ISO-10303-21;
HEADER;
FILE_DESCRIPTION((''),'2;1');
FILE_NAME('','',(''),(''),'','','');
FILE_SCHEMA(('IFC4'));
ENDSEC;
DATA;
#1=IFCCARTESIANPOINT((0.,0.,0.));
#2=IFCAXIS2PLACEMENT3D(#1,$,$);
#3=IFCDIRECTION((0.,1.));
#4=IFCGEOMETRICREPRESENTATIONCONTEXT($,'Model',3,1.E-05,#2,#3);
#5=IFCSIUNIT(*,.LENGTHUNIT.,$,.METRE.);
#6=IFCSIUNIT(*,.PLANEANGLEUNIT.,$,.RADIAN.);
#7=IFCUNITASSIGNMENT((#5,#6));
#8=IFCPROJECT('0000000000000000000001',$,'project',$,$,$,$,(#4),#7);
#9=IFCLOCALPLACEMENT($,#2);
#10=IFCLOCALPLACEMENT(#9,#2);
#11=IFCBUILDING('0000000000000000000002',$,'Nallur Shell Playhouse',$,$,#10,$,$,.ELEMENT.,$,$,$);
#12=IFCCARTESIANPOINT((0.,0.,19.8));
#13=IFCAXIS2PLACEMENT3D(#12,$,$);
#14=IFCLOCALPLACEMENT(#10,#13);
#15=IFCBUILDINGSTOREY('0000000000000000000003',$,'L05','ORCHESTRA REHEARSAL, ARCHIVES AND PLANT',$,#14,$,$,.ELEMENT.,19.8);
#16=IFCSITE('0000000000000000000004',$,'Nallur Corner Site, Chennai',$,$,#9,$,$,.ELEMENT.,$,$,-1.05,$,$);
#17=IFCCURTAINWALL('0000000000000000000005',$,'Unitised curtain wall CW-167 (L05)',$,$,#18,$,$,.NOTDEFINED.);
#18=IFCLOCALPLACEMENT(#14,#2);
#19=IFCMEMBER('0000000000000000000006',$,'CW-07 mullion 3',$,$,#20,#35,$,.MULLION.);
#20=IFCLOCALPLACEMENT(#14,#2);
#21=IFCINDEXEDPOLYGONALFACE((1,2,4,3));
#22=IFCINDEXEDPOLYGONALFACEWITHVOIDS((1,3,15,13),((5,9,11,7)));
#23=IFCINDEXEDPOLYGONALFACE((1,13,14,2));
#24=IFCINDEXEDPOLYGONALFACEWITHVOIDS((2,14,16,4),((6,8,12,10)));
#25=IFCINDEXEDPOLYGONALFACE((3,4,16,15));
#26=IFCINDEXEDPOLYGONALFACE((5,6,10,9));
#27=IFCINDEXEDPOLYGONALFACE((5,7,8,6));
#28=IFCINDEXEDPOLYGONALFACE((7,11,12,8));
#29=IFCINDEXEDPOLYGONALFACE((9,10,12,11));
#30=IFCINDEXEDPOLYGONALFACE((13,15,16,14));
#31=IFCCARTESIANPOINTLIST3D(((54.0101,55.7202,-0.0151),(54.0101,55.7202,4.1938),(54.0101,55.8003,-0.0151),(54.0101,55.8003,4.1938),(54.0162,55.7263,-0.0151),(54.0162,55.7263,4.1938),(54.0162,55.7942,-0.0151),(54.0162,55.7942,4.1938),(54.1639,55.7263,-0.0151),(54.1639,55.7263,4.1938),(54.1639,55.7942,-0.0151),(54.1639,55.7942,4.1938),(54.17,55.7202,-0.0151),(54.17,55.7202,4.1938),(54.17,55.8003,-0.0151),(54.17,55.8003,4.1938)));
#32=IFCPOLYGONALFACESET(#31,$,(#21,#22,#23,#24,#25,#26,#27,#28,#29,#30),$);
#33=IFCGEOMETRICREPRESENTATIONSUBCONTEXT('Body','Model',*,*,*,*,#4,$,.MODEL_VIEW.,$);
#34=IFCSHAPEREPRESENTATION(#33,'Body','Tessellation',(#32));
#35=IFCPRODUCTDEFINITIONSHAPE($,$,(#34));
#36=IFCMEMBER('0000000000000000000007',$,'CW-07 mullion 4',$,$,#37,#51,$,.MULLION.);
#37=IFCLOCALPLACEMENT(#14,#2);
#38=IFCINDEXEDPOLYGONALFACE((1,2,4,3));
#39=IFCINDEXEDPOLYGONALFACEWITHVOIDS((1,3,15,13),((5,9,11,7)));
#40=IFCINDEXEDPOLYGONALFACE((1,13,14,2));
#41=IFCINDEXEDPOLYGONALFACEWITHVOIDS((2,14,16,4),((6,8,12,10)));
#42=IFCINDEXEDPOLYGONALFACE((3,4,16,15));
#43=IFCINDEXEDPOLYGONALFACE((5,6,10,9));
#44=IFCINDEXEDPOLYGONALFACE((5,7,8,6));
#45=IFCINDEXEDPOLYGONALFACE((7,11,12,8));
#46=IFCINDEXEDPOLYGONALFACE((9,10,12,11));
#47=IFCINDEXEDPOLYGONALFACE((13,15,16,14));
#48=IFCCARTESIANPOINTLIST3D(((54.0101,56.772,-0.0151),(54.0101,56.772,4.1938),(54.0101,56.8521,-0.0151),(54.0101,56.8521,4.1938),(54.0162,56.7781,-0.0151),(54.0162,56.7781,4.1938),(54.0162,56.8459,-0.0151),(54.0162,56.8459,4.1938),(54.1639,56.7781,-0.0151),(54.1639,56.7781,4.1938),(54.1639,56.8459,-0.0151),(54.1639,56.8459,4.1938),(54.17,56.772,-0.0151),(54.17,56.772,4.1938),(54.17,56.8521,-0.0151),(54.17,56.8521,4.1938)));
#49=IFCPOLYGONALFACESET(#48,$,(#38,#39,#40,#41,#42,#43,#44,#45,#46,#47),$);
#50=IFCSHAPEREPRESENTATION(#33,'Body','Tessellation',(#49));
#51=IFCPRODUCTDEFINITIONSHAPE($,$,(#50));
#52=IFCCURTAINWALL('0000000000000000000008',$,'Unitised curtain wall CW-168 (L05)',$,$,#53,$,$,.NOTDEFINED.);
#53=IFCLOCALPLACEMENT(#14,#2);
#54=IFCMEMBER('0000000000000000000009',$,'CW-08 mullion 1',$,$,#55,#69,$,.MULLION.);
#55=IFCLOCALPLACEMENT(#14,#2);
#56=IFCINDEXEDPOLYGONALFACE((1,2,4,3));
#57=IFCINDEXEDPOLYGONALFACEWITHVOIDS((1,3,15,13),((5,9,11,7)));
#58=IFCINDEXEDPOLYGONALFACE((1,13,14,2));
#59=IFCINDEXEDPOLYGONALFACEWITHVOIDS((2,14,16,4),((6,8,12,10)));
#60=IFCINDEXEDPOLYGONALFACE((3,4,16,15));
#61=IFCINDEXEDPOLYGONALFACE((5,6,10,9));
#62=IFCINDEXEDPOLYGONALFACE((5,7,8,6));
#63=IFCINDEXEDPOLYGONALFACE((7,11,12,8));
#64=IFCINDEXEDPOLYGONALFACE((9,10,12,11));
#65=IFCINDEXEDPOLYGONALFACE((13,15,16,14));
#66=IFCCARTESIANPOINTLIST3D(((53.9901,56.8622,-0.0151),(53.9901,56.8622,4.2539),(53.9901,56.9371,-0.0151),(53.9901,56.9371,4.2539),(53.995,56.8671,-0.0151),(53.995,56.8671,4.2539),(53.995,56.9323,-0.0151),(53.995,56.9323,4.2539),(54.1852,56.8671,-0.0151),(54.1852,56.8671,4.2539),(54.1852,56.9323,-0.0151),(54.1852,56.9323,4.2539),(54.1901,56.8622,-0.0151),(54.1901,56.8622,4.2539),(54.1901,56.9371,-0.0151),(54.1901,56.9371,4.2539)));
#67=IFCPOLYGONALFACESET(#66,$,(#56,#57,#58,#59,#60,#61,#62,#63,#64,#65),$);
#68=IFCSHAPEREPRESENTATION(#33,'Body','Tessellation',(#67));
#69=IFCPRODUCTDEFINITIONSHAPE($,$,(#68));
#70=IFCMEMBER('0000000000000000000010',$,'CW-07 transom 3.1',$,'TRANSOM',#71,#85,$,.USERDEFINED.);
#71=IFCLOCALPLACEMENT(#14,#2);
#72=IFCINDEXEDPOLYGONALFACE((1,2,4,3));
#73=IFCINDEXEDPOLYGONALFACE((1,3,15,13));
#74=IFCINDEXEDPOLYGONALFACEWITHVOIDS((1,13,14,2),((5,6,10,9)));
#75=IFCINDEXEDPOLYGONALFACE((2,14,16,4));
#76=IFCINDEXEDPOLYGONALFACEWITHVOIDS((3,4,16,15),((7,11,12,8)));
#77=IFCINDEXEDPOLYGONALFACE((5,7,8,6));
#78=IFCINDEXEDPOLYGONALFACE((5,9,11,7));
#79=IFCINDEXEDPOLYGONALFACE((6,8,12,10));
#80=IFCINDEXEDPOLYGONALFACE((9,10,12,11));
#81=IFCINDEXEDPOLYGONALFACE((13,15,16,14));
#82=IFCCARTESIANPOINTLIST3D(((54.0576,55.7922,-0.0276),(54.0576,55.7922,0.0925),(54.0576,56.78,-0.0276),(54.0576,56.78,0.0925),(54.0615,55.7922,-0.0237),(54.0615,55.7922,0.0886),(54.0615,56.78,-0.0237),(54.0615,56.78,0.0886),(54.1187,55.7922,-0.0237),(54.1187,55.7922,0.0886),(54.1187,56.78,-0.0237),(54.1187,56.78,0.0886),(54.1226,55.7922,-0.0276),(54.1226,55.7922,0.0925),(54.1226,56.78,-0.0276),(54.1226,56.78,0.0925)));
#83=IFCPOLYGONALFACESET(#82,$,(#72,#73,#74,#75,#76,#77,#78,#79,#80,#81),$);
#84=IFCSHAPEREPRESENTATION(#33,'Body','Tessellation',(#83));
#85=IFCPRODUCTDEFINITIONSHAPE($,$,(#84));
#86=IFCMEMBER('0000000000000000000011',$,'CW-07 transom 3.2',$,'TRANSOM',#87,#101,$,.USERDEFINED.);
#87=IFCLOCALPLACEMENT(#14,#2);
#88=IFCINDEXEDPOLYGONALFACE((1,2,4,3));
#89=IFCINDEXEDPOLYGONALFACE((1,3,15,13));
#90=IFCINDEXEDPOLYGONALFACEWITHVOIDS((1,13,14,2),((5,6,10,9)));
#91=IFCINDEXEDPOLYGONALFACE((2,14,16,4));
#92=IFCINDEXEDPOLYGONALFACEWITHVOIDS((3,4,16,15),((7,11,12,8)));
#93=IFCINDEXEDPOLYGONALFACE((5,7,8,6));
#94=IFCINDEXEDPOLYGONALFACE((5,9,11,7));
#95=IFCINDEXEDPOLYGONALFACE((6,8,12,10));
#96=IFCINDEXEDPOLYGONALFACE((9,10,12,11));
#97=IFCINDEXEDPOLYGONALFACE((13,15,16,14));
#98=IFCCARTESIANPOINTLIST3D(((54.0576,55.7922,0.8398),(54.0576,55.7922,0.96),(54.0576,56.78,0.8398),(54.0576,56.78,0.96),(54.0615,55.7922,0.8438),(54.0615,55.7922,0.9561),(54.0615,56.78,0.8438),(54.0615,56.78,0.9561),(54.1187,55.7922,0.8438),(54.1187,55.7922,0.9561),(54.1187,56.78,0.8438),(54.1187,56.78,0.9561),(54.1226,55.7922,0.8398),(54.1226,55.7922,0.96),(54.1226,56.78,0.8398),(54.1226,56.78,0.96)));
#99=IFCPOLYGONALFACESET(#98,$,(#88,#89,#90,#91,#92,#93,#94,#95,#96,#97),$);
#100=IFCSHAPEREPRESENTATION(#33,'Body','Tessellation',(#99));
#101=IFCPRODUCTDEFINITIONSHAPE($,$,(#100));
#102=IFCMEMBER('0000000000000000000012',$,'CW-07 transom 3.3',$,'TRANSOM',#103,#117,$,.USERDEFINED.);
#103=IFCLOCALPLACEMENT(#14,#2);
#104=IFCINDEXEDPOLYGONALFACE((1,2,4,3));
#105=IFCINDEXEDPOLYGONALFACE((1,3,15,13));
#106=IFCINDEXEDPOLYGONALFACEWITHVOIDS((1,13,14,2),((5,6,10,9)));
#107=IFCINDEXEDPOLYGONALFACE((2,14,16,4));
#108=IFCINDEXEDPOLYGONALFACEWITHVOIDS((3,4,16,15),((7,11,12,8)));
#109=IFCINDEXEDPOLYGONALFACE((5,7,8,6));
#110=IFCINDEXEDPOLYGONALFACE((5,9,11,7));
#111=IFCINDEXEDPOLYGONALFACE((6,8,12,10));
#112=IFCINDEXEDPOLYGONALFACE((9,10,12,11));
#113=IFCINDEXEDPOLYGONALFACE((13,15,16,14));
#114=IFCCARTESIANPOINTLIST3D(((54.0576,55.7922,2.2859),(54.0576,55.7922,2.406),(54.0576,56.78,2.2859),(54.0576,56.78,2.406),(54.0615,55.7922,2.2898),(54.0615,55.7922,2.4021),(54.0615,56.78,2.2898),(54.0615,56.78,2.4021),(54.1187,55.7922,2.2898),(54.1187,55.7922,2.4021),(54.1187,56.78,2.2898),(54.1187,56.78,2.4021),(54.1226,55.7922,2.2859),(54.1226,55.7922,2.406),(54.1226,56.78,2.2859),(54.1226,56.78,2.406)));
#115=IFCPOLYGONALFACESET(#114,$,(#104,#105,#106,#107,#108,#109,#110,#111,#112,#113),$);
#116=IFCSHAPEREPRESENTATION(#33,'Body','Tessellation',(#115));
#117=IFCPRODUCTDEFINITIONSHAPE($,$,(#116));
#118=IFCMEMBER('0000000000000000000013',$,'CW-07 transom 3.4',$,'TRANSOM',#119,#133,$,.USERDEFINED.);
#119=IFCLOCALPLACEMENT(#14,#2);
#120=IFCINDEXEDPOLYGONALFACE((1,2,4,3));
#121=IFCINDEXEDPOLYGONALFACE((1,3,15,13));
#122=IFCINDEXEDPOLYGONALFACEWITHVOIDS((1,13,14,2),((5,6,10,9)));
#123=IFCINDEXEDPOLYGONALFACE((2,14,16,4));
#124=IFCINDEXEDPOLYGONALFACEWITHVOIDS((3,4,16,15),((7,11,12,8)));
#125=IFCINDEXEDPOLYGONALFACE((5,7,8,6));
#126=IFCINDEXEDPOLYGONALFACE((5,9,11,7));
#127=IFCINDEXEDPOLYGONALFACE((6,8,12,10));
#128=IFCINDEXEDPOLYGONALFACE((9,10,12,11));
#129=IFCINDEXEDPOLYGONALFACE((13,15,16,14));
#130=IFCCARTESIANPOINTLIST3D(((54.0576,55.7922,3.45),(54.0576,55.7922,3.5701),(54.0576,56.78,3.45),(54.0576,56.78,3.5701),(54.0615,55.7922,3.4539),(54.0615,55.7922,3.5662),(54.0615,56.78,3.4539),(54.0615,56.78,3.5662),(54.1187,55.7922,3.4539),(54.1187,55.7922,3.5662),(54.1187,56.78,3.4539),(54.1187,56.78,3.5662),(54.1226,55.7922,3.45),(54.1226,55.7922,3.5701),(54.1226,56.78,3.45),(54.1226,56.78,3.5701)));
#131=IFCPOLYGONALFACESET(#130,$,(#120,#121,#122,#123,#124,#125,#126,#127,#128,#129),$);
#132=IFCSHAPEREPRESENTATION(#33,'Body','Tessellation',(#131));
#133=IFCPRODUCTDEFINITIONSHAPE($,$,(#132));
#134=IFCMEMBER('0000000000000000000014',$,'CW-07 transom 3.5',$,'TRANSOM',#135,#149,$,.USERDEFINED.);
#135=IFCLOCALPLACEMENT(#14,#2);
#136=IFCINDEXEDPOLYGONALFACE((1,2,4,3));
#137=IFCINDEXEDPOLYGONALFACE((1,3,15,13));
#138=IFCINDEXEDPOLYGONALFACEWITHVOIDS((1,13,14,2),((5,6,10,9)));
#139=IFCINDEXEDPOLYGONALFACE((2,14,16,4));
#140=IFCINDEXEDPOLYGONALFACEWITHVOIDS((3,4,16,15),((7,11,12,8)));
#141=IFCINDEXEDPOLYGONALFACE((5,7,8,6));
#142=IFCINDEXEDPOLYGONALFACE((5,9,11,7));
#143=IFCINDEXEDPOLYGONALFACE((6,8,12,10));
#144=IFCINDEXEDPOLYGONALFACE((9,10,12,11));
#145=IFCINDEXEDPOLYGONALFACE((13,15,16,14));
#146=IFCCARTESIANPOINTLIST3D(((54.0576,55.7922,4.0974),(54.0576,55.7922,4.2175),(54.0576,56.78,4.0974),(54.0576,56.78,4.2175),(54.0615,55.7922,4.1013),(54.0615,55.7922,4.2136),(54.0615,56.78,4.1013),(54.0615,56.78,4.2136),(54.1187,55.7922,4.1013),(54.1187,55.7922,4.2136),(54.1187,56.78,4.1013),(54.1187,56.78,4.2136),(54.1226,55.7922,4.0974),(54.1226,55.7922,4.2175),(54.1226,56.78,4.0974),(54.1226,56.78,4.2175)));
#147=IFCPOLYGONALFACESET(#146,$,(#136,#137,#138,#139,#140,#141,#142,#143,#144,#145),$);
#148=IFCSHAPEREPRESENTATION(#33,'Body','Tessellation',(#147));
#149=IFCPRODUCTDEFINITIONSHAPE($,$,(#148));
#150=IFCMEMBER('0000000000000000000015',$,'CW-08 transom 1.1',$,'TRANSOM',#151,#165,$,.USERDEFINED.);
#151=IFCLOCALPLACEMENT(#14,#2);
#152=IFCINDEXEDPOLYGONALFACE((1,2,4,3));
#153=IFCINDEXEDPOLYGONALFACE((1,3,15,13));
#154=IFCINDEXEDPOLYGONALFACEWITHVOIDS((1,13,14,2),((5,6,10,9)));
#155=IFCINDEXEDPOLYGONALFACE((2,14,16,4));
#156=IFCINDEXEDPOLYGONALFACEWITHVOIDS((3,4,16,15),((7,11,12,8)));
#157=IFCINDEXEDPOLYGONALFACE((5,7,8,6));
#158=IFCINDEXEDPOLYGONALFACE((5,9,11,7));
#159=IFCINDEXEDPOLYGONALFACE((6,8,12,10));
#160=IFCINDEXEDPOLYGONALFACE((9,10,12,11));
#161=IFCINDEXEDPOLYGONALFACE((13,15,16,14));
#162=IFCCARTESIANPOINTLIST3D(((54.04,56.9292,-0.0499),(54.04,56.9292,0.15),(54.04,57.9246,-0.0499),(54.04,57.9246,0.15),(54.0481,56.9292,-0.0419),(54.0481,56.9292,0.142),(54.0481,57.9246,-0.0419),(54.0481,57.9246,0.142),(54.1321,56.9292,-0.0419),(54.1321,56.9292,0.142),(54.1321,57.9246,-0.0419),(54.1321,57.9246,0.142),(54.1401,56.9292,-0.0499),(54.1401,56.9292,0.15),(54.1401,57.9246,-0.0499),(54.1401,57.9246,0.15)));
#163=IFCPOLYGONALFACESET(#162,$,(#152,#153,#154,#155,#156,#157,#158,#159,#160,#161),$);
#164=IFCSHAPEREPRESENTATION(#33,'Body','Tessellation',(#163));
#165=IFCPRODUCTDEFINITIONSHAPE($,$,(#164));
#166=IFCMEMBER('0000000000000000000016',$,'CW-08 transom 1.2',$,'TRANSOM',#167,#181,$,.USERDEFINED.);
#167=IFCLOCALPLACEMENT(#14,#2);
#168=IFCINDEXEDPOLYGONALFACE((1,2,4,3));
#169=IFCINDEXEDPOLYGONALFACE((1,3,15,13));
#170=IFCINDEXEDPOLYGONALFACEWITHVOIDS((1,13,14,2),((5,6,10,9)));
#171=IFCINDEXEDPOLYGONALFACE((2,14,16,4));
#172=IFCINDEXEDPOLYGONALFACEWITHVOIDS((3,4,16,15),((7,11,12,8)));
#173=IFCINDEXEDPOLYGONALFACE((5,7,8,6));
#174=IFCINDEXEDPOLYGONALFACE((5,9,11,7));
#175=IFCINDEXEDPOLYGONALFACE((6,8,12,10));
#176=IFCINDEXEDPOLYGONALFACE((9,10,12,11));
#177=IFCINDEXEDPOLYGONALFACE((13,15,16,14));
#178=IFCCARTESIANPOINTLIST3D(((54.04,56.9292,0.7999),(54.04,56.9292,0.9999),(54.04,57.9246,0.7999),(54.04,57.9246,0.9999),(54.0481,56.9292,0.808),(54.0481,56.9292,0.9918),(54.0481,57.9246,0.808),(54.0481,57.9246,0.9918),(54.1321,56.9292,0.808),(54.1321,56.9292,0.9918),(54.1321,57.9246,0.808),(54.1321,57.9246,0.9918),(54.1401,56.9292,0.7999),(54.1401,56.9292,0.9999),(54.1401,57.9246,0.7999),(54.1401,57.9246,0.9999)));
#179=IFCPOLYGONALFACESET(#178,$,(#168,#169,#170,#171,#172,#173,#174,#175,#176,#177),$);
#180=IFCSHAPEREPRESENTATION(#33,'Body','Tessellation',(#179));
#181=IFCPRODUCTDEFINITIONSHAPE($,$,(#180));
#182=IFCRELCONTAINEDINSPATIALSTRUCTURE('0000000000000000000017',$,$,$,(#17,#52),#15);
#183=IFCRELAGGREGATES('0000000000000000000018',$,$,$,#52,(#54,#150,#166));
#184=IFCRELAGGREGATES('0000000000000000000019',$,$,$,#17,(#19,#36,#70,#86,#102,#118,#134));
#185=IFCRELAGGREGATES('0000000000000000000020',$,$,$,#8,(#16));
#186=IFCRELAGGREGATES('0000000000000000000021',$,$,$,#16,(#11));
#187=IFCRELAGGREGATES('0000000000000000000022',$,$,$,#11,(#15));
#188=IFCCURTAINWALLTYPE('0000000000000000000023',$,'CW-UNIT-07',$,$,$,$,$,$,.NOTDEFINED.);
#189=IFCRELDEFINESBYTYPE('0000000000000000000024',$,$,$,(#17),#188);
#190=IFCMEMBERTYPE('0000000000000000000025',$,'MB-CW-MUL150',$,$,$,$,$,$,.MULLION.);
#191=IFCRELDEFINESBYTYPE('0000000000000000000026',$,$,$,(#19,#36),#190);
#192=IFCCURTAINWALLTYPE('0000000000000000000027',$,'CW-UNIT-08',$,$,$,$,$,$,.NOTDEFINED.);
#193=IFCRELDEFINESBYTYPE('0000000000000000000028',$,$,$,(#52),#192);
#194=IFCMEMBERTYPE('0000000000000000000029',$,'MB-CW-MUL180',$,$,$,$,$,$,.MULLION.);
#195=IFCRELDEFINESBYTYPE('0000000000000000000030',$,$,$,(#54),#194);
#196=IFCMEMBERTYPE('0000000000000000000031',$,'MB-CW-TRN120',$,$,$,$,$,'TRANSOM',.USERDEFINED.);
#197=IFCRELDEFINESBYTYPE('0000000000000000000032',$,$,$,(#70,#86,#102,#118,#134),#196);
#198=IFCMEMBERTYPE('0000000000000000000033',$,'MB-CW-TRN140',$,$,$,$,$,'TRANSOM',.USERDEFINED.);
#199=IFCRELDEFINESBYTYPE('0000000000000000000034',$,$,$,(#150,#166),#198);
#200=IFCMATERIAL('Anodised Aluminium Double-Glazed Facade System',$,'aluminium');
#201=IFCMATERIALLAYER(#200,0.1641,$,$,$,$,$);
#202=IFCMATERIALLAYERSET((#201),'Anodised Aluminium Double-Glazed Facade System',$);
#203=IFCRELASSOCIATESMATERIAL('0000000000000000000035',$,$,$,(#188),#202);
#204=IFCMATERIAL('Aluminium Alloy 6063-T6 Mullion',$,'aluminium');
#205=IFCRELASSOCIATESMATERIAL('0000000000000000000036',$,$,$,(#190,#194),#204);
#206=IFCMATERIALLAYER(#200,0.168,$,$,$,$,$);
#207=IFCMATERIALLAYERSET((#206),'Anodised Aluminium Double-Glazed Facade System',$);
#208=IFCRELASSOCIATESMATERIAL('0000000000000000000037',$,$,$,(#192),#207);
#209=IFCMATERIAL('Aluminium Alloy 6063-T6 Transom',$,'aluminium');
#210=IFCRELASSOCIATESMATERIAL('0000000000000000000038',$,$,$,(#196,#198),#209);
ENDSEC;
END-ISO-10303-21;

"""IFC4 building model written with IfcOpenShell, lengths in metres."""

from ifc_helpers import new_model, si_unit, direction, frame, origin, origin_2d, place, context, subcontext, project, spatial, hollow_rectangle, extrude, material, layer, layer_set, material_profile, profile_set, type_object, element, aggregate, save


model = new_model("IFC4")

# Units and contexts
model_context = context("Model", 3, precision=1e-05, world=origin(), true_north=direction((0.0, 1.0)))
body_context = subcontext(model_context, "Body", "Model", "MODEL_VIEW")
ifc_project = project(units=[si_unit("LENGTHUNIT", "METRE"), si_unit("PLANEANGLEUNIT", "RADIAN")], contexts=[model_context])

# Site, building, storey
site_placement = place(None, origin())
site = spatial("IfcSite", under=ifc_project, at=site_placement, Name="Nallur Corner Site, Chennai", CompositionType="ELEMENT", RefElevation=-1.05)
building_placement = place(site_placement, origin())
building = spatial("IfcBuilding", under=site, at=building_placement, Name="Nallur Shell Playhouse", CompositionType="ELEMENT")
storey_placement = place(building_placement, frame((0.0, 0.0, 19.8)))
storey = spatial("IfcBuildingStorey", under=building, at=storey_placement, Name="L05", Description="ORCHESTRA REHEARSAL, ARCHIVES AND PLANT", CompositionType="ELEMENT", Elevation=19.8)

# Curtain wall, members
ifc_material_1 = material(Name="Anodised Aluminium Double-Glazed Facade System", Category="aluminium")
ifc_layer_1 = layer(ifc_material_1, 0.1641)
ifc_layer_set_1 = layer_set([ifc_layer_1], Name="Anodised Aluminium Double-Glazed Facade System")
curtain_wall_type_1 = type_object("IfcCurtainWallType", Name="CW-UNIT-07", PredefinedType="NOTDEFINED", material=ifc_layer_set_1)
curtain_wall_1_placement = place(storey_placement, origin())
curtain_wall_1 = element("IfcCurtainWall", 1, at=curtain_wall_1_placement, inside=storey, type_object=curtain_wall_type_1, Name="Unitised curtain wall CW-167 (L05)", PredefinedType="NOTDEFINED")
ifc_material_2 = material(Name="Aluminium Alloy 6063-T6 Mullion", Category="aluminium")
ifc_material_profile_1 = material_profile(ifc_material_2, hollow_rectangle(XDim=0.0801, YDim=0.1599, WallThickness=0.0061, at=origin_2d()), Name="RHS 160x80x6")
ifc_profile_set_1 = profile_set([ifc_material_profile_1], Name="Aluminium Alloy 6063-T6 Mullion")
member_type_1 = type_object("IfcMemberType", Name="MB-CW-MUL150", PredefinedType="MULLION", material=ifc_profile_set_1)
member_1_placement = place(storey_placement, frame((54.0901, 55.7603, -0.0151), z_axis=(0.0, 0.0, 1.0), x_axis=(0.0, 1.0, 0.0)))
member_1 = element("IfcMember", 2, at=member_1_placement, type_object=member_type_1, Name="CW-07 mullion 3", PredefinedType="MULLION", context=body_context, shape_type="SweptSolid", body=[
    extrude(hollow_rectangle(XDim=0.0801, YDim=0.1599, WallThickness=0.0061, at=origin_2d()), origin(), (0.0, 0.0, 1.0), 4.209),
])
member_2_placement = place(storey_placement, frame((54.0901, 56.812, -0.0151), z_axis=(0.0, 0.0, 1.0), x_axis=(0.0, 1.0, 0.0)))
member_2 = element("IfcMember", 3, at=member_2_placement, type_object=member_type_1, Name="CW-07 mullion 4", PredefinedType="MULLION", context=body_context, shape_type="SweptSolid", body=[
    extrude(hollow_rectangle(XDim=0.0801, YDim=0.1599, WallThickness=0.0061, at=origin_2d()), origin(), (0.0, 0.0, 1.0), 4.209),
])

# Curtain wall, member
ifc_layer_2 = layer(ifc_material_1, 0.168)
ifc_layer_set_2 = layer_set([ifc_layer_2], Name="Anodised Aluminium Double-Glazed Facade System")
curtain_wall_type_2 = type_object("IfcCurtainWallType", Name="CW-UNIT-08", PredefinedType="NOTDEFINED", material=ifc_layer_set_2)
curtain_wall_2_placement = place(storey_placement, origin())
curtain_wall_2 = element("IfcCurtainWall", 4, at=curtain_wall_2_placement, inside=storey, type_object=curtain_wall_type_2, Name="Unitised curtain wall CW-168 (L05)", PredefinedType="NOTDEFINED")
ifc_material_profile_2 = material_profile(ifc_material_2, hollow_rectangle(XDim=0.075, YDim=0.2, WallThickness=0.0049, at=origin_2d()), Name="ALU 75x200x5")
ifc_profile_set_2 = profile_set([ifc_material_profile_2], Name="Aluminium Alloy 6063-T6 Mullion")
member_type_2 = type_object("IfcMemberType", Name="MB-CW-MUL180", PredefinedType="MULLION", material=ifc_profile_set_2)
member_3_placement = place(storey_placement, frame((54.0901, 56.8997, -0.0151), z_axis=(0.0, 0.0, 1.0), x_axis=(0.0, 1.0, 0.0)))
member_3 = element("IfcMember", 5, at=member_3_placement, type_object=member_type_2, Name="CW-08 mullion 1", PredefinedType="MULLION", context=body_context, shape_type="SweptSolid", body=[
    extrude(hollow_rectangle(XDim=0.075, YDim=0.2, WallThickness=0.0049, at=origin_2d()), origin(), (0.0, 0.0, 1.0), 4.269),
])

# Members
ifc_material_3 = material(Name="Aluminium Alloy 6063-T6 Transom", Category="aluminium")
ifc_material_profile_3 = material_profile(ifc_material_3, hollow_rectangle(XDim=0.0649, YDim=0.1201, WallThickness=0.0039, at=origin_2d()), Name="ALU 65x120x4")
ifc_profile_set_3 = profile_set([ifc_material_profile_3], Name="Aluminium Alloy 6063-T6 Transom")
member_type_3 = type_object("IfcMemberType", Name="MB-CW-TRN120", ElementType="TRANSOM", PredefinedType="USERDEFINED", material=ifc_profile_set_3)
member_4_placement = place(storey_placement, frame((54.0901, 55.7922, 0.0325), z_axis=(0.0, 1.0, 0.0), x_axis=(-1.0, 0.0, 0.0)))
member_4 = element("IfcMember", 6, at=member_4_placement, type_object=member_type_3, Name="CW-07 transom 3.1", ObjectType="TRANSOM", PredefinedType="USERDEFINED", context=body_context, shape_type="SweptSolid", body=[
    extrude(hollow_rectangle(XDim=0.0649, YDim=0.1201, WallThickness=0.0039, at=origin_2d()), origin(), (0.0, 0.0, 1.0), 0.9878),
])
member_5_placement = place(storey_placement, frame((54.0901, 55.7922, 0.8999), z_axis=(0.0, 1.0, 0.0), x_axis=(-1.0, 0.0, 0.0)))
member_5 = element("IfcMember", 7, at=member_5_placement, type_object=member_type_3, Name="CW-07 transom 3.2", ObjectType="TRANSOM", PredefinedType="USERDEFINED", context=body_context, shape_type="SweptSolid", body=[
    extrude(hollow_rectangle(XDim=0.0649, YDim=0.1201, WallThickness=0.0039, at=origin_2d()), origin(), (0.0, 0.0, 1.0), 0.9878),
])
member_6_placement = place(storey_placement, frame((54.0901, 55.7922, 2.3459), z_axis=(0.0, 1.0, 0.0), x_axis=(-1.0, 0.0, 0.0)))
member_6 = element("IfcMember", 8, at=member_6_placement, type_object=member_type_3, Name="CW-07 transom 3.3", ObjectType="TRANSOM", PredefinedType="USERDEFINED", context=body_context, shape_type="SweptSolid", body=[
    extrude(hollow_rectangle(XDim=0.0649, YDim=0.1201, WallThickness=0.0039, at=origin_2d()), origin(), (0.0, 0.0, 1.0), 0.9878),
])
member_7_placement = place(storey_placement, frame((54.0901, 55.7922, 3.51), z_axis=(0.0, 1.0, 0.0), x_axis=(-1.0, 0.0, 0.0)))
member_7 = element("IfcMember", 9, at=member_7_placement, type_object=member_type_3, Name="CW-07 transom 3.4", ObjectType="TRANSOM", PredefinedType="USERDEFINED", context=body_context, shape_type="SweptSolid", body=[
    extrude(hollow_rectangle(XDim=0.0649, YDim=0.1201, WallThickness=0.0039, at=origin_2d()), origin(), (0.0, 0.0, 1.0), 0.9878),
])
member_8_placement = place(storey_placement, frame((54.0901, 55.7922, 4.1575), z_axis=(0.0, 1.0, 0.0), x_axis=(-1.0, 0.0, 0.0)))
member_8 = element("IfcMember", 10, at=member_8_placement, type_object=member_type_3, Name="CW-07 transom 3.5", ObjectType="TRANSOM", PredefinedType="USERDEFINED", context=body_context, shape_type="SweptSolid", body=[
    extrude(hollow_rectangle(XDim=0.0649, YDim=0.1201, WallThickness=0.0039, at=origin_2d()), origin(), (0.0, 0.0, 1.0), 0.9878),
])
ifc_material_profile_4 = material_profile(ifc_material_3, hollow_rectangle(XDim=0.1001, YDim=0.2, WallThickness=0.0081, at=origin_2d()), Name="RHS 200x100x8")
ifc_profile_set_4 = profile_set([ifc_material_profile_4], Name="Aluminium Alloy 6063-T6 Transom")
member_type_4 = type_object("IfcMemberType", Name="MB-CW-TRN140", ElementType="TRANSOM", PredefinedType="USERDEFINED", material=ifc_profile_set_4)
member_9_placement = place(storey_placement, frame((54.0901, 56.9292, 0.05), z_axis=(0.0, 1.0, 0.0), x_axis=(-1.0, 0.0, 0.0)))
member_9 = element("IfcMember", 11, at=member_9_placement, type_object=member_type_4, Name="CW-08 transom 1.1", ObjectType="TRANSOM", PredefinedType="USERDEFINED", context=body_context, shape_type="SweptSolid", body=[
    extrude(hollow_rectangle(XDim=0.1001, YDim=0.2, WallThickness=0.0081, at=origin_2d()), origin(), (0.0, 0.0, 1.0), 0.9954),
])
member_10_placement = place(storey_placement, frame((54.0901, 56.9292, 0.8999), z_axis=(0.0, 1.0, 0.0), x_axis=(-1.0, 0.0, 0.0)))
member_10 = element("IfcMember", 12, at=member_10_placement, type_object=member_type_4, Name="CW-08 transom 1.2", ObjectType="TRANSOM", PredefinedType="USERDEFINED", context=body_context, shape_type="SweptSolid", body=[
    extrude(hollow_rectangle(XDim=0.1001, YDim=0.2, WallThickness=0.0081, at=origin_2d()), origin(), (0.0, 0.0, 1.0), 0.9954),
])
aggregate(curtain_wall_2, [member_3, member_9, member_10])

aggregate(curtain_wall_1, [member_1, member_2, member_4, member_5, member_6, member_7, member_8])

save(model, "model.ifc")
